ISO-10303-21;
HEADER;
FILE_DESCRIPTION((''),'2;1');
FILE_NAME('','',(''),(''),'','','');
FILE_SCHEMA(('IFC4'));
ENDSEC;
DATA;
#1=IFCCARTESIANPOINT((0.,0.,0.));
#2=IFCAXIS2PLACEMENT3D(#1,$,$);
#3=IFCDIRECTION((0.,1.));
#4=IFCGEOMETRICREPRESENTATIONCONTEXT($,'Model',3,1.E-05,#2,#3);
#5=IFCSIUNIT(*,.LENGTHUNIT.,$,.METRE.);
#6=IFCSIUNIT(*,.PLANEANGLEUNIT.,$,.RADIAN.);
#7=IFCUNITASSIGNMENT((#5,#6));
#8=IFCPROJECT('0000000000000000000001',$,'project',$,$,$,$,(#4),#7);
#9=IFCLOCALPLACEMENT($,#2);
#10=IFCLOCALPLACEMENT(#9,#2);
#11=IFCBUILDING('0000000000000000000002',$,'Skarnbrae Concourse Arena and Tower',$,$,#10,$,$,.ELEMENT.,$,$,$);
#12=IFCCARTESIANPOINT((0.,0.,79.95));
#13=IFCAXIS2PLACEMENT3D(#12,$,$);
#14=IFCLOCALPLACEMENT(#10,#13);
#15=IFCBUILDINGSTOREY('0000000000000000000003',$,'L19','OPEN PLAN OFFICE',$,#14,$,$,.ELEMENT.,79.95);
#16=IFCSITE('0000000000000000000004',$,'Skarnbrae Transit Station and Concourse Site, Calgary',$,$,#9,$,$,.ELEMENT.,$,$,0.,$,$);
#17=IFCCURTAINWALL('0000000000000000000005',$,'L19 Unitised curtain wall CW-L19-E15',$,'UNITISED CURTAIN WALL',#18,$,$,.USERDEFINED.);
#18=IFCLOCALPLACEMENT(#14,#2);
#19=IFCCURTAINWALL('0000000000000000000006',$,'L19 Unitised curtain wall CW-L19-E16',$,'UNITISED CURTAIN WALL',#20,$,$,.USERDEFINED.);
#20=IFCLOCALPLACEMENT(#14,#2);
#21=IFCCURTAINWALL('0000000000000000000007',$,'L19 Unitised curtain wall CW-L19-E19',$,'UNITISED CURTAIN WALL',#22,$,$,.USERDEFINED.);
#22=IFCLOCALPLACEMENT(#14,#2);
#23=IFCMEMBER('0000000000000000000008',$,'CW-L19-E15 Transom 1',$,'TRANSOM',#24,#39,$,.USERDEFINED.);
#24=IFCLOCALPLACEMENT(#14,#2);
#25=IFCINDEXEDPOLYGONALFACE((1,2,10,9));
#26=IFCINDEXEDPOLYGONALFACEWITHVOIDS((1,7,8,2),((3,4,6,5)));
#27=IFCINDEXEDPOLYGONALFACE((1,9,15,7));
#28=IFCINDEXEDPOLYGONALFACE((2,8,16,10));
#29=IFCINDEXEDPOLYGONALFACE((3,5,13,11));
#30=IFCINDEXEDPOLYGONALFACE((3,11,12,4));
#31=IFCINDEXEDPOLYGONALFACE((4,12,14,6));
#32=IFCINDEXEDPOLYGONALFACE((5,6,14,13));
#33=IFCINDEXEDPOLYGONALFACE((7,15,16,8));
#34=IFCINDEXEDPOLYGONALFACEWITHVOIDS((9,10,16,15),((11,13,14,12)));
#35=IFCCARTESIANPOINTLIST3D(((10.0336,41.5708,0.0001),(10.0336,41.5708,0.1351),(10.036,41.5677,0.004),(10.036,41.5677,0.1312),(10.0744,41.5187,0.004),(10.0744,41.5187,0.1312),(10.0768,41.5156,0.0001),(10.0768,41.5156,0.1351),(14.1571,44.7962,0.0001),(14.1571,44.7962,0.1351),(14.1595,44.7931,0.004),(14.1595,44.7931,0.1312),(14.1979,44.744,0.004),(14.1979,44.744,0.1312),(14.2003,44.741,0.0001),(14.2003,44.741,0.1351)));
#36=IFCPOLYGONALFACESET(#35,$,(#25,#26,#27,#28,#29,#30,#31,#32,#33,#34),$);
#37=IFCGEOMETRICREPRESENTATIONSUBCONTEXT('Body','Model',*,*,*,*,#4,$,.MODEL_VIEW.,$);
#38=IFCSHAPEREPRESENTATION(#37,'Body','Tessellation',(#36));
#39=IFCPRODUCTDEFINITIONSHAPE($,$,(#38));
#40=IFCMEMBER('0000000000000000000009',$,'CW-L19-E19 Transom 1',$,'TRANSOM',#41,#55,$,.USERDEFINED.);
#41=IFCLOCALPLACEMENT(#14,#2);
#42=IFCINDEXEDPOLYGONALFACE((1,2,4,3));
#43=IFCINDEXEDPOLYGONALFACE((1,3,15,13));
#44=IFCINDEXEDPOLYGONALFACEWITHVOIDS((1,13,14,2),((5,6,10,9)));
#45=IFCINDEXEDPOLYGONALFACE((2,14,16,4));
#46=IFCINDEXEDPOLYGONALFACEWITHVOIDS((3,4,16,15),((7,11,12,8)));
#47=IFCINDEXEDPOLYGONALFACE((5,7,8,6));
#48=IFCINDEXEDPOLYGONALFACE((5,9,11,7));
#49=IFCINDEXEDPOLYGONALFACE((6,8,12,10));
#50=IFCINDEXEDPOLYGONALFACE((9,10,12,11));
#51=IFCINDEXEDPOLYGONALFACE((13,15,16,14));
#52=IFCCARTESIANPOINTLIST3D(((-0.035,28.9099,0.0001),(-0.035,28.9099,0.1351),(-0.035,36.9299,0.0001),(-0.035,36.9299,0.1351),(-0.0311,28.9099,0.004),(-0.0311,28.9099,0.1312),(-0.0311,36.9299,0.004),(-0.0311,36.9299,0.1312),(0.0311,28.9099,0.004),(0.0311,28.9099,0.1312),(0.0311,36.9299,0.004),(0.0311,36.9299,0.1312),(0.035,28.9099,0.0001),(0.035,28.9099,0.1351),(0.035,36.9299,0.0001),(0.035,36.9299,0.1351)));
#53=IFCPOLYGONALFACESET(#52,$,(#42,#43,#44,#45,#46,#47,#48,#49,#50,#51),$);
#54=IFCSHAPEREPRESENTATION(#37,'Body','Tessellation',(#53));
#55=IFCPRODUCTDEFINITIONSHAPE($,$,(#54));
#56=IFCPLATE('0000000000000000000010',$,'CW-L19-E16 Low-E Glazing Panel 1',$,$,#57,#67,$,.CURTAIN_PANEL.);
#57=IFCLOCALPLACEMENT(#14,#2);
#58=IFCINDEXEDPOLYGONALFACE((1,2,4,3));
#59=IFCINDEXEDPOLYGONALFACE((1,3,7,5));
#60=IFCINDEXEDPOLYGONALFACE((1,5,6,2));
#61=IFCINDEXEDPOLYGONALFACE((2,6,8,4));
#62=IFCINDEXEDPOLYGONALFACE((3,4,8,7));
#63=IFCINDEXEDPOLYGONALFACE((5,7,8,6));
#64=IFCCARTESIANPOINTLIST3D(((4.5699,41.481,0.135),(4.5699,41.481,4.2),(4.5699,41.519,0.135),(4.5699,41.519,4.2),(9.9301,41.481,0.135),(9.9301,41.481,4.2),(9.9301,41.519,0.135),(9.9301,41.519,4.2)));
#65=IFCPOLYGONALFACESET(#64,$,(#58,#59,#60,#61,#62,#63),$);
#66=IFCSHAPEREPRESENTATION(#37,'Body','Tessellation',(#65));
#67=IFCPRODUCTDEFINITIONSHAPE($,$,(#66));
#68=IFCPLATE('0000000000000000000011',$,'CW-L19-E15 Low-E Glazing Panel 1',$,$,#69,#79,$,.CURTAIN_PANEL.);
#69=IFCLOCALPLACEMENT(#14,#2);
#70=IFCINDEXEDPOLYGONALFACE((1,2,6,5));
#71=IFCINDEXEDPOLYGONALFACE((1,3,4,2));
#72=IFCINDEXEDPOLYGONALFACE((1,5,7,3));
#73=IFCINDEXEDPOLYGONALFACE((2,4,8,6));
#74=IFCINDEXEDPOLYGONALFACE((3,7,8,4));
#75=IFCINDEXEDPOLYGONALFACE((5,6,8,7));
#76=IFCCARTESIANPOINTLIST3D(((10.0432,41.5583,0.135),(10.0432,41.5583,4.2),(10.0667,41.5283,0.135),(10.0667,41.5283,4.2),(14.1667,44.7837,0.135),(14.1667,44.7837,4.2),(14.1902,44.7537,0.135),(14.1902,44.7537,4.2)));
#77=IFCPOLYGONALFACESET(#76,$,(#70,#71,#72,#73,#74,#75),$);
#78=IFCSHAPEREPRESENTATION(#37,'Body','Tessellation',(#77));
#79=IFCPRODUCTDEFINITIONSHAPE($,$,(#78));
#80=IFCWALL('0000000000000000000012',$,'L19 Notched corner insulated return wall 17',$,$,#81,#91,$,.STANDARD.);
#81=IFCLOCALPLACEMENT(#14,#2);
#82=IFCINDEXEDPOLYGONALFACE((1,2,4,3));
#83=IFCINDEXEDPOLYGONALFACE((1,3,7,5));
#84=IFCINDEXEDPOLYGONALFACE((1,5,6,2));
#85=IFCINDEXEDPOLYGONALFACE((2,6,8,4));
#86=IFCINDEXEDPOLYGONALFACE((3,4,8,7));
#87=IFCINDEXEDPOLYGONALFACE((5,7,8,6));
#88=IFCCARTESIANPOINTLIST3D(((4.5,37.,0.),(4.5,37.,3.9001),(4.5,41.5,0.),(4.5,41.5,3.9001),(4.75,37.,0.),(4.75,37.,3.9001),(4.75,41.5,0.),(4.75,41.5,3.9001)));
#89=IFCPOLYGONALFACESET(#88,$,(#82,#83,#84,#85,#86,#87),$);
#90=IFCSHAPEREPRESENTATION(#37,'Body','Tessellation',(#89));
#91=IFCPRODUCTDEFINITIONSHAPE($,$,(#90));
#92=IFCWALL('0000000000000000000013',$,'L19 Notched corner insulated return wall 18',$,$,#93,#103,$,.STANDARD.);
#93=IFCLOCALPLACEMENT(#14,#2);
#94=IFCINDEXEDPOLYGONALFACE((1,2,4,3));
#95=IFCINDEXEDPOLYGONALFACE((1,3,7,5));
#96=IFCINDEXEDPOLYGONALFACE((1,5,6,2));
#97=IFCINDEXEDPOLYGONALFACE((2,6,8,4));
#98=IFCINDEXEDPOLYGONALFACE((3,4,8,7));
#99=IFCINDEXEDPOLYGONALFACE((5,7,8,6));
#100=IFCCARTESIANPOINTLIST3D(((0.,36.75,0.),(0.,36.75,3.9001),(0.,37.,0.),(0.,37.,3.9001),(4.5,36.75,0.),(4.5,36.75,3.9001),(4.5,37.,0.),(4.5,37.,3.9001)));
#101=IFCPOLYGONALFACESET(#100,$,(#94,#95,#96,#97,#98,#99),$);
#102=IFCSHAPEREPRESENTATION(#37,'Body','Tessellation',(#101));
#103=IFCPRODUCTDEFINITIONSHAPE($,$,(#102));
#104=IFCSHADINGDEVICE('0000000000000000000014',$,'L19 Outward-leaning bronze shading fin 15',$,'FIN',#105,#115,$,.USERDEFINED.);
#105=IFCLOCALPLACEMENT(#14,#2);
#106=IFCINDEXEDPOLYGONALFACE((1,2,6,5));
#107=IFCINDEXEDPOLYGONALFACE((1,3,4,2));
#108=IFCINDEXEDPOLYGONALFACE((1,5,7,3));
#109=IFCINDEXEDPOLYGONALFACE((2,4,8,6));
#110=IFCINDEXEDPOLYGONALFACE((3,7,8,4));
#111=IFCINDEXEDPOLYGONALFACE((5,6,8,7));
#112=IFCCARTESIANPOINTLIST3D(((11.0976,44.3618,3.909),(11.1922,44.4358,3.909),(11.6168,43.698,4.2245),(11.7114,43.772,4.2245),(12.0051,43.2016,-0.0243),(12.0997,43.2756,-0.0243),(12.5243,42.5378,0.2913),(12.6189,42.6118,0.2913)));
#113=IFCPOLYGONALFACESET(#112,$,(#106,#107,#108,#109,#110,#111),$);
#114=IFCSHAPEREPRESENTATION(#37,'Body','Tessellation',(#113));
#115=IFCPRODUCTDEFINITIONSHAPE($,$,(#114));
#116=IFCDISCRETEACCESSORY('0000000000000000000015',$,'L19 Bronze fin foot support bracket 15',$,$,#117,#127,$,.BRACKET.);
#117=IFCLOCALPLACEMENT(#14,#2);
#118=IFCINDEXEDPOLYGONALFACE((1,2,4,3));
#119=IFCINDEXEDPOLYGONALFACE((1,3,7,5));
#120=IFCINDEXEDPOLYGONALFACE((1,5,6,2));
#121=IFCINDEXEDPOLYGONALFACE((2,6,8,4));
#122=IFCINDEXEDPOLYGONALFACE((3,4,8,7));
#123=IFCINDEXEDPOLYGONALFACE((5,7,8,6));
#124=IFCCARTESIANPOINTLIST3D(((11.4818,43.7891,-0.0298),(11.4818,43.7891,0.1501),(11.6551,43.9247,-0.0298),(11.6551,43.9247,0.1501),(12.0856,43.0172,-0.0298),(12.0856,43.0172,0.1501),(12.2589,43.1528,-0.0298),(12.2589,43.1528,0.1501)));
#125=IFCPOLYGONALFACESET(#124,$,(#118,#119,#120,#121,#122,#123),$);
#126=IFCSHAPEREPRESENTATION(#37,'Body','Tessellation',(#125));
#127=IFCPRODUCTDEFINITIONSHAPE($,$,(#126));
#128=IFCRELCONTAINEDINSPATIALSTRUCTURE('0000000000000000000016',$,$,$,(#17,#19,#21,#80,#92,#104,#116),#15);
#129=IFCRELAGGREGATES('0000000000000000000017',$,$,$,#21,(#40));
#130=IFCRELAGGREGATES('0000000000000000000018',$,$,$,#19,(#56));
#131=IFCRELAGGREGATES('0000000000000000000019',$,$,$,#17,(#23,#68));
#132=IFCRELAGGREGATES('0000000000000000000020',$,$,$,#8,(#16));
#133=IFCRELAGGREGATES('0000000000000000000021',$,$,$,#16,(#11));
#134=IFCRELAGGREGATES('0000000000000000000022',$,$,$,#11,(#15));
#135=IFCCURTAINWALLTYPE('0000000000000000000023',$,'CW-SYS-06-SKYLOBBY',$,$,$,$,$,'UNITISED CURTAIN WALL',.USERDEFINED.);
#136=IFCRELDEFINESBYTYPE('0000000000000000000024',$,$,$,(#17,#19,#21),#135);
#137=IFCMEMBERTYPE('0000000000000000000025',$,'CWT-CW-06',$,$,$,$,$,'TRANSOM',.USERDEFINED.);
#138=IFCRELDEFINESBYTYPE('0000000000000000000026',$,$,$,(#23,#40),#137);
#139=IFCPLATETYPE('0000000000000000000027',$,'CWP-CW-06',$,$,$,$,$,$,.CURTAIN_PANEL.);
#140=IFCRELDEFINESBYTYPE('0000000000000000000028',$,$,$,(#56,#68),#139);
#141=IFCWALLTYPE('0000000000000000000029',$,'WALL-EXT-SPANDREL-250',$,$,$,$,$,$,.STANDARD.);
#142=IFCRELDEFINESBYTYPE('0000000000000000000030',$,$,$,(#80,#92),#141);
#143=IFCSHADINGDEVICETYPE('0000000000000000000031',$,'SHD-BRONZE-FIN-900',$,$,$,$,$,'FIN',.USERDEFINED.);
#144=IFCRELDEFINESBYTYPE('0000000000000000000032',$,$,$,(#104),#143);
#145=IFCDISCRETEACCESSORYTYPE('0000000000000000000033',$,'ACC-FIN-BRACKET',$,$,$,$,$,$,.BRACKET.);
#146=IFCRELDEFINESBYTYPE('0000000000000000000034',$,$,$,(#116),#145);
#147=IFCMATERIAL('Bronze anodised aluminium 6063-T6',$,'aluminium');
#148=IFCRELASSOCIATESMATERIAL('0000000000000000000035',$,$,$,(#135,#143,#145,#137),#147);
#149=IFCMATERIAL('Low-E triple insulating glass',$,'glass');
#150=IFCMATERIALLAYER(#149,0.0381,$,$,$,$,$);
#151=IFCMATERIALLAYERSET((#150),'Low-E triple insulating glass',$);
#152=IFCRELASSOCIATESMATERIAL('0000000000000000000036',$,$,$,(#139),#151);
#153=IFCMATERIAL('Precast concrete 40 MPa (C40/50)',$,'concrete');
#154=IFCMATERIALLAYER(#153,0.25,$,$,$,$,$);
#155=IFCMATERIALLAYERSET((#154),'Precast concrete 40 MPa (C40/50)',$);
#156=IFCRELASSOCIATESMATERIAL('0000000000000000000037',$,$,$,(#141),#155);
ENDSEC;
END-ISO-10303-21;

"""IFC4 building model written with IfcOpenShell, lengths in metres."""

from ifc_helpers import new_model, si_unit, direction, frame, frame_2d, origin, origin_2d, place, context, subcontext, project, spatial, rectangle, hollow_rectangle, extrude, source, transform, mapped, material, layer, layer_set, material_profile, profile_set, type_object, element, aggregate, save


model = new_model("IFC4")

# Units and contexts
model_context = context("Model", 3, precision=1e-05, world=origin(), true_north=direction((0.0, 1.0)))
body_context = subcontext(model_context, "Body", "Model", "MODEL_VIEW")
ifc_project = project(units=[si_unit("LENGTHUNIT", "METRE"), si_unit("PLANEANGLEUNIT", "RADIAN")], contexts=[model_context])

# Site, building, storey
site_placement = place(None, origin())
site = spatial("IfcSite", under=ifc_project, at=site_placement, Name="Skarnbrae Transit Station and Concourse Site, Calgary", CompositionType="ELEMENT", RefElevation=0.0)
building_placement = place(site_placement, origin())
building = spatial("IfcBuilding", under=site, at=building_placement, Name="Skarnbrae Concourse Arena and Tower", CompositionType="ELEMENT")
storey_placement = place(building_placement, frame((0.0, 0.0, 79.95)))
storey = spatial("IfcBuildingStorey", under=building, at=storey_placement, Name="L19", Description="OPEN PLAN OFFICE", CompositionType="ELEMENT", Elevation=79.95)

# Shared definitions
ifc_material_1 = material(Name="Bronze anodised aluminium 6063-T6", Category="aluminium")
curtain_wall_type = type_object("IfcCurtainWallType", Name="CW-SYS-06-SKYLOBBY", ElementType="UNITISED CURTAIN WALL", PredefinedType="USERDEFINED", material=ifc_material_1)

# Curtain walls
curtain_wall_1_placement = place(storey_placement, origin())
curtain_wall_1 = element("IfcCurtainWall", 1, at=curtain_wall_1_placement, inside=storey, type_object=curtain_wall_type, Name="L19 Unitised curtain wall CW-L19-E15", ObjectType="UNITISED CURTAIN WALL", PredefinedType="USERDEFINED")
curtain_wall_2_placement = place(storey_placement, origin())
curtain_wall_2 = element("IfcCurtainWall", 2, at=curtain_wall_2_placement, inside=storey, type_object=curtain_wall_type, Name="L19 Unitised curtain wall CW-L19-E16", ObjectType="UNITISED CURTAIN WALL", PredefinedType="USERDEFINED")

# Curtain wall
curtain_wall_3_placement = place(storey_placement, origin())
curtain_wall_3 = element("IfcCurtainWall", 3, at=curtain_wall_3_placement, inside=storey, type_object=curtain_wall_type, Name="L19 Unitised curtain wall CW-L19-E19", ObjectType="UNITISED CURTAIN WALL", PredefinedType="USERDEFINED")

# Members
ifc_material_profile_1 = material_profile(ifc_material_1, hollow_rectangle(XDim=0.0701, YDim=0.135, WallThickness=0.0039, at=origin_2d()), Name="ALU-TRAN-70X135")
ifc_profile_set_1 = profile_set([ifc_material_profile_1], Name="Bronze anodised aluminium 6063-T6")
member_type_1 = type_object("IfcMemberType", Name="CWT-CW-06", ElementType="TRANSOM", PredefinedType="USERDEFINED", material=ifc_profile_set_1)
shared_shape_1 = source(origin(), body_context, "Body", "SweptSolid", [
    extrude(hollow_rectangle(XDim=0.0701, YDim=0.135, WallThickness=0.0039, at=origin_2d()), origin(), (0.0, 0.0, 1.0), 5.2351),
])
member_1_placement = place(storey_placement, frame((14.1787, 44.7686, 0.0676), z_axis=(-0.787669, -0.616098, 0.0), x_axis=(0.616098, -0.787669, 0.0)))
member_1 = element("IfcMember", 4, at=member_1_placement, type_object=member_type_1, Name="CW-L19-E15 Transom 1", ObjectType="TRANSOM", PredefinedType="USERDEFINED", context=body_context, shape_type="MappedRepresentation", body=[
    mapped(shared_shape_1, transform((0.0, 0.0, 0.0))),
])
shared_shape_2 = source(origin(), body_context, "Body", "SweptSolid", [
    extrude(hollow_rectangle(XDim=0.0701, YDim=0.135, WallThickness=0.0039, at=origin_2d()), origin(), (0.0, 0.0, 1.0), 8.02),
])
member_2_placement = place(storey_placement, frame((0.0, 36.9299, 0.0676), z_axis=(0.0, -1.0, 0.0), x_axis=(1.0, 0.0, 0.0)))
member_2 = element("IfcMember", 5, at=member_2_placement, type_object=member_type_1, Name="CW-L19-E19 Transom 1", ObjectType="TRANSOM", PredefinedType="USERDEFINED", context=body_context, shape_type="MappedRepresentation", body=[
    mapped(shared_shape_2, transform((0.0, 0.0, 0.0))),
])
aggregate(curtain_wall_3, [member_2])

# Plates
ifc_material_2 = material(Name="Low-E triple insulating glass", Category="glass")
ifc_layer_1 = layer(ifc_material_2, 0.0381)
ifc_layer_set_1 = layer_set([ifc_layer_1], Name="Low-E triple insulating glass")
plate_type = type_object("IfcPlateType", Name="CWP-CW-06", PredefinedType="CURTAIN_PANEL", material=ifc_layer_set_1)
shared_shape_3 = source(origin(), body_context, "Body", "SweptSolid", [
    extrude(rectangle(XDim=5.3601, YDim=0.0381, at=origin_2d()), origin(), (0.0, 0.0, 1.0), 4.0649),
])
plate_1_placement = place(storey_placement, frame((7.25, 41.5, 0.135), z_axis=(0.0, 0.0, 1.0), x_axis=(-1.0, 0.0, 0.0)))
plate_1 = element("IfcPlate", 6, at=plate_1_placement, type_object=plate_type, Name="CW-L19-E16 Low-E Glazing Panel 1", PredefinedType="CURTAIN_PANEL", context=body_context, shape_type="MappedRepresentation", body=[
    mapped(shared_shape_3, transform((0.0, 0.0, 0.0))),
])
aggregate(curtain_wall_2, [plate_1])
shared_shape_4 = source(origin(), body_context, "Body", "SweptSolid", [
    extrude(rectangle(XDim=5.2351, YDim=0.0381, at=origin_2d()), origin(), (0.0, 0.0, 1.0), 4.0649),
])
plate_2_placement = place(storey_placement, frame((12.1167, 43.156, 0.135), z_axis=(0.0, 0.0, 1.0), x_axis=(-0.787652, -0.616121, 0.0)))
plate_2 = element("IfcPlate", 7, at=plate_2_placement, type_object=plate_type, Name="CW-L19-E15 Low-E Glazing Panel 1", PredefinedType="CURTAIN_PANEL", context=body_context, shape_type="MappedRepresentation", body=[
    mapped(shared_shape_4, transform((0.0, 0.0, 0.0))),
])
aggregate(curtain_wall_1, [member_1, plate_2])

# Walls
ifc_material_3 = material(Name="Precast concrete 40 MPa (C40/50)", Category="concrete")
ifc_layer_2 = layer(ifc_material_3, 0.25)
ifc_layer_set_2 = layer_set([ifc_layer_2], Name="Precast concrete 40 MPa (C40/50)")
wall_type = type_object("IfcWallType", Name="WALL-EXT-SPANDREL-250", PredefinedType="STANDARD", material=ifc_layer_set_2)
shared_shape_5 = source(origin(), body_context, "Body", "SweptSolid", [
    extrude(rectangle(XDim=4.5, YDim=0.25, at=frame_2d((2.25, 0.0))), origin(), (0.0, 0.0, 1.0), 3.9001),
])
for number, where, z_axis, x_axis, name in (
    (8, (4.625, 41.5, 0.0), (0.0, 0.0, 1.0), (0.0, -1.0, 0.0), "L19 Notched corner insulated return wall 17"),
    (9, (4.5, 36.875, 0.0), (0.0, 0.0, 1.0), (-1.0, 0.0, 0.0), "L19 Notched corner insulated return wall 18"),
):
    element("IfcWall", number, at=place(storey_placement, frame(where, z_axis=z_axis, x_axis=x_axis)), inside=storey, type_object=wall_type, Name=name, PredefinedType="STANDARD", context=body_context, shape_type="MappedRepresentation", body=[
        mapped(shared_shape_5, transform((0.0, 0.0, 0.0))),
    ])

# Shading device
shading_device_type = type_object("IfcShadingDeviceType", Name="SHD-BRONZE-FIN-900", ElementType="FIN", PredefinedType="USERDEFINED", material=ifc_material_1)
shared_shape_6 = source(origin(), body_context, "Body", "SweptSolid", [
    extrude(rectangle(XDim=0.1201, YDim=0.8999, at=origin_2d()), origin(), (0.0, 0.0, 1.0), 4.2),
])
shading_device_placement = place(storey_placement, frame((12.312, 42.9067, 0.1335), z_axis=(-0.21607, 0.276229, 0.936489), x_axis=(0.787656, 0.616115, 0.0)))
element("IfcShadingDevice", 10, at=shading_device_placement, inside=storey, type_object=shading_device_type, Name="L19 Outward-leaning bronze shading fin 15", ObjectType="FIN", PredefinedType="USERDEFINED", context=body_context, shape_type="MappedRepresentation", body=[
    mapped(shared_shape_6, transform((0.0, 0.0, 0.0))),
])

# Discrete accessory
discrete_accessory_type = type_object("IfcDiscreteAccessoryType", Name="ACC-FIN-BRACKET", PredefinedType="BRACKET", material=ifc_material_1)
shared_shape_7 = source(origin(), body_context, "Body", "SweptSolid", [
    extrude(rectangle(XDim=0.22, YDim=0.98, at=origin_2d()), origin(), (0.0, 0.0, 1.0), 0.1799),
])
discrete_accessory_placement = place(storey_placement, frame((11.8704, 43.4709, -0.0298), z_axis=(0.0, 0.0, 1.0), x_axis=(0.787656, 0.616115, 0.0)))
element("IfcDiscreteAccessory", 11, at=discrete_accessory_placement, inside=storey, type_object=discrete_accessory_type, Name="L19 Bronze fin foot support bracket 15", PredefinedType="BRACKET", context=body_context, shape_type="MappedRepresentation", body=[
    mapped(shared_shape_7, transform((0.0, 0.0, 0.0))),
])

save(model, "model.ifc")
